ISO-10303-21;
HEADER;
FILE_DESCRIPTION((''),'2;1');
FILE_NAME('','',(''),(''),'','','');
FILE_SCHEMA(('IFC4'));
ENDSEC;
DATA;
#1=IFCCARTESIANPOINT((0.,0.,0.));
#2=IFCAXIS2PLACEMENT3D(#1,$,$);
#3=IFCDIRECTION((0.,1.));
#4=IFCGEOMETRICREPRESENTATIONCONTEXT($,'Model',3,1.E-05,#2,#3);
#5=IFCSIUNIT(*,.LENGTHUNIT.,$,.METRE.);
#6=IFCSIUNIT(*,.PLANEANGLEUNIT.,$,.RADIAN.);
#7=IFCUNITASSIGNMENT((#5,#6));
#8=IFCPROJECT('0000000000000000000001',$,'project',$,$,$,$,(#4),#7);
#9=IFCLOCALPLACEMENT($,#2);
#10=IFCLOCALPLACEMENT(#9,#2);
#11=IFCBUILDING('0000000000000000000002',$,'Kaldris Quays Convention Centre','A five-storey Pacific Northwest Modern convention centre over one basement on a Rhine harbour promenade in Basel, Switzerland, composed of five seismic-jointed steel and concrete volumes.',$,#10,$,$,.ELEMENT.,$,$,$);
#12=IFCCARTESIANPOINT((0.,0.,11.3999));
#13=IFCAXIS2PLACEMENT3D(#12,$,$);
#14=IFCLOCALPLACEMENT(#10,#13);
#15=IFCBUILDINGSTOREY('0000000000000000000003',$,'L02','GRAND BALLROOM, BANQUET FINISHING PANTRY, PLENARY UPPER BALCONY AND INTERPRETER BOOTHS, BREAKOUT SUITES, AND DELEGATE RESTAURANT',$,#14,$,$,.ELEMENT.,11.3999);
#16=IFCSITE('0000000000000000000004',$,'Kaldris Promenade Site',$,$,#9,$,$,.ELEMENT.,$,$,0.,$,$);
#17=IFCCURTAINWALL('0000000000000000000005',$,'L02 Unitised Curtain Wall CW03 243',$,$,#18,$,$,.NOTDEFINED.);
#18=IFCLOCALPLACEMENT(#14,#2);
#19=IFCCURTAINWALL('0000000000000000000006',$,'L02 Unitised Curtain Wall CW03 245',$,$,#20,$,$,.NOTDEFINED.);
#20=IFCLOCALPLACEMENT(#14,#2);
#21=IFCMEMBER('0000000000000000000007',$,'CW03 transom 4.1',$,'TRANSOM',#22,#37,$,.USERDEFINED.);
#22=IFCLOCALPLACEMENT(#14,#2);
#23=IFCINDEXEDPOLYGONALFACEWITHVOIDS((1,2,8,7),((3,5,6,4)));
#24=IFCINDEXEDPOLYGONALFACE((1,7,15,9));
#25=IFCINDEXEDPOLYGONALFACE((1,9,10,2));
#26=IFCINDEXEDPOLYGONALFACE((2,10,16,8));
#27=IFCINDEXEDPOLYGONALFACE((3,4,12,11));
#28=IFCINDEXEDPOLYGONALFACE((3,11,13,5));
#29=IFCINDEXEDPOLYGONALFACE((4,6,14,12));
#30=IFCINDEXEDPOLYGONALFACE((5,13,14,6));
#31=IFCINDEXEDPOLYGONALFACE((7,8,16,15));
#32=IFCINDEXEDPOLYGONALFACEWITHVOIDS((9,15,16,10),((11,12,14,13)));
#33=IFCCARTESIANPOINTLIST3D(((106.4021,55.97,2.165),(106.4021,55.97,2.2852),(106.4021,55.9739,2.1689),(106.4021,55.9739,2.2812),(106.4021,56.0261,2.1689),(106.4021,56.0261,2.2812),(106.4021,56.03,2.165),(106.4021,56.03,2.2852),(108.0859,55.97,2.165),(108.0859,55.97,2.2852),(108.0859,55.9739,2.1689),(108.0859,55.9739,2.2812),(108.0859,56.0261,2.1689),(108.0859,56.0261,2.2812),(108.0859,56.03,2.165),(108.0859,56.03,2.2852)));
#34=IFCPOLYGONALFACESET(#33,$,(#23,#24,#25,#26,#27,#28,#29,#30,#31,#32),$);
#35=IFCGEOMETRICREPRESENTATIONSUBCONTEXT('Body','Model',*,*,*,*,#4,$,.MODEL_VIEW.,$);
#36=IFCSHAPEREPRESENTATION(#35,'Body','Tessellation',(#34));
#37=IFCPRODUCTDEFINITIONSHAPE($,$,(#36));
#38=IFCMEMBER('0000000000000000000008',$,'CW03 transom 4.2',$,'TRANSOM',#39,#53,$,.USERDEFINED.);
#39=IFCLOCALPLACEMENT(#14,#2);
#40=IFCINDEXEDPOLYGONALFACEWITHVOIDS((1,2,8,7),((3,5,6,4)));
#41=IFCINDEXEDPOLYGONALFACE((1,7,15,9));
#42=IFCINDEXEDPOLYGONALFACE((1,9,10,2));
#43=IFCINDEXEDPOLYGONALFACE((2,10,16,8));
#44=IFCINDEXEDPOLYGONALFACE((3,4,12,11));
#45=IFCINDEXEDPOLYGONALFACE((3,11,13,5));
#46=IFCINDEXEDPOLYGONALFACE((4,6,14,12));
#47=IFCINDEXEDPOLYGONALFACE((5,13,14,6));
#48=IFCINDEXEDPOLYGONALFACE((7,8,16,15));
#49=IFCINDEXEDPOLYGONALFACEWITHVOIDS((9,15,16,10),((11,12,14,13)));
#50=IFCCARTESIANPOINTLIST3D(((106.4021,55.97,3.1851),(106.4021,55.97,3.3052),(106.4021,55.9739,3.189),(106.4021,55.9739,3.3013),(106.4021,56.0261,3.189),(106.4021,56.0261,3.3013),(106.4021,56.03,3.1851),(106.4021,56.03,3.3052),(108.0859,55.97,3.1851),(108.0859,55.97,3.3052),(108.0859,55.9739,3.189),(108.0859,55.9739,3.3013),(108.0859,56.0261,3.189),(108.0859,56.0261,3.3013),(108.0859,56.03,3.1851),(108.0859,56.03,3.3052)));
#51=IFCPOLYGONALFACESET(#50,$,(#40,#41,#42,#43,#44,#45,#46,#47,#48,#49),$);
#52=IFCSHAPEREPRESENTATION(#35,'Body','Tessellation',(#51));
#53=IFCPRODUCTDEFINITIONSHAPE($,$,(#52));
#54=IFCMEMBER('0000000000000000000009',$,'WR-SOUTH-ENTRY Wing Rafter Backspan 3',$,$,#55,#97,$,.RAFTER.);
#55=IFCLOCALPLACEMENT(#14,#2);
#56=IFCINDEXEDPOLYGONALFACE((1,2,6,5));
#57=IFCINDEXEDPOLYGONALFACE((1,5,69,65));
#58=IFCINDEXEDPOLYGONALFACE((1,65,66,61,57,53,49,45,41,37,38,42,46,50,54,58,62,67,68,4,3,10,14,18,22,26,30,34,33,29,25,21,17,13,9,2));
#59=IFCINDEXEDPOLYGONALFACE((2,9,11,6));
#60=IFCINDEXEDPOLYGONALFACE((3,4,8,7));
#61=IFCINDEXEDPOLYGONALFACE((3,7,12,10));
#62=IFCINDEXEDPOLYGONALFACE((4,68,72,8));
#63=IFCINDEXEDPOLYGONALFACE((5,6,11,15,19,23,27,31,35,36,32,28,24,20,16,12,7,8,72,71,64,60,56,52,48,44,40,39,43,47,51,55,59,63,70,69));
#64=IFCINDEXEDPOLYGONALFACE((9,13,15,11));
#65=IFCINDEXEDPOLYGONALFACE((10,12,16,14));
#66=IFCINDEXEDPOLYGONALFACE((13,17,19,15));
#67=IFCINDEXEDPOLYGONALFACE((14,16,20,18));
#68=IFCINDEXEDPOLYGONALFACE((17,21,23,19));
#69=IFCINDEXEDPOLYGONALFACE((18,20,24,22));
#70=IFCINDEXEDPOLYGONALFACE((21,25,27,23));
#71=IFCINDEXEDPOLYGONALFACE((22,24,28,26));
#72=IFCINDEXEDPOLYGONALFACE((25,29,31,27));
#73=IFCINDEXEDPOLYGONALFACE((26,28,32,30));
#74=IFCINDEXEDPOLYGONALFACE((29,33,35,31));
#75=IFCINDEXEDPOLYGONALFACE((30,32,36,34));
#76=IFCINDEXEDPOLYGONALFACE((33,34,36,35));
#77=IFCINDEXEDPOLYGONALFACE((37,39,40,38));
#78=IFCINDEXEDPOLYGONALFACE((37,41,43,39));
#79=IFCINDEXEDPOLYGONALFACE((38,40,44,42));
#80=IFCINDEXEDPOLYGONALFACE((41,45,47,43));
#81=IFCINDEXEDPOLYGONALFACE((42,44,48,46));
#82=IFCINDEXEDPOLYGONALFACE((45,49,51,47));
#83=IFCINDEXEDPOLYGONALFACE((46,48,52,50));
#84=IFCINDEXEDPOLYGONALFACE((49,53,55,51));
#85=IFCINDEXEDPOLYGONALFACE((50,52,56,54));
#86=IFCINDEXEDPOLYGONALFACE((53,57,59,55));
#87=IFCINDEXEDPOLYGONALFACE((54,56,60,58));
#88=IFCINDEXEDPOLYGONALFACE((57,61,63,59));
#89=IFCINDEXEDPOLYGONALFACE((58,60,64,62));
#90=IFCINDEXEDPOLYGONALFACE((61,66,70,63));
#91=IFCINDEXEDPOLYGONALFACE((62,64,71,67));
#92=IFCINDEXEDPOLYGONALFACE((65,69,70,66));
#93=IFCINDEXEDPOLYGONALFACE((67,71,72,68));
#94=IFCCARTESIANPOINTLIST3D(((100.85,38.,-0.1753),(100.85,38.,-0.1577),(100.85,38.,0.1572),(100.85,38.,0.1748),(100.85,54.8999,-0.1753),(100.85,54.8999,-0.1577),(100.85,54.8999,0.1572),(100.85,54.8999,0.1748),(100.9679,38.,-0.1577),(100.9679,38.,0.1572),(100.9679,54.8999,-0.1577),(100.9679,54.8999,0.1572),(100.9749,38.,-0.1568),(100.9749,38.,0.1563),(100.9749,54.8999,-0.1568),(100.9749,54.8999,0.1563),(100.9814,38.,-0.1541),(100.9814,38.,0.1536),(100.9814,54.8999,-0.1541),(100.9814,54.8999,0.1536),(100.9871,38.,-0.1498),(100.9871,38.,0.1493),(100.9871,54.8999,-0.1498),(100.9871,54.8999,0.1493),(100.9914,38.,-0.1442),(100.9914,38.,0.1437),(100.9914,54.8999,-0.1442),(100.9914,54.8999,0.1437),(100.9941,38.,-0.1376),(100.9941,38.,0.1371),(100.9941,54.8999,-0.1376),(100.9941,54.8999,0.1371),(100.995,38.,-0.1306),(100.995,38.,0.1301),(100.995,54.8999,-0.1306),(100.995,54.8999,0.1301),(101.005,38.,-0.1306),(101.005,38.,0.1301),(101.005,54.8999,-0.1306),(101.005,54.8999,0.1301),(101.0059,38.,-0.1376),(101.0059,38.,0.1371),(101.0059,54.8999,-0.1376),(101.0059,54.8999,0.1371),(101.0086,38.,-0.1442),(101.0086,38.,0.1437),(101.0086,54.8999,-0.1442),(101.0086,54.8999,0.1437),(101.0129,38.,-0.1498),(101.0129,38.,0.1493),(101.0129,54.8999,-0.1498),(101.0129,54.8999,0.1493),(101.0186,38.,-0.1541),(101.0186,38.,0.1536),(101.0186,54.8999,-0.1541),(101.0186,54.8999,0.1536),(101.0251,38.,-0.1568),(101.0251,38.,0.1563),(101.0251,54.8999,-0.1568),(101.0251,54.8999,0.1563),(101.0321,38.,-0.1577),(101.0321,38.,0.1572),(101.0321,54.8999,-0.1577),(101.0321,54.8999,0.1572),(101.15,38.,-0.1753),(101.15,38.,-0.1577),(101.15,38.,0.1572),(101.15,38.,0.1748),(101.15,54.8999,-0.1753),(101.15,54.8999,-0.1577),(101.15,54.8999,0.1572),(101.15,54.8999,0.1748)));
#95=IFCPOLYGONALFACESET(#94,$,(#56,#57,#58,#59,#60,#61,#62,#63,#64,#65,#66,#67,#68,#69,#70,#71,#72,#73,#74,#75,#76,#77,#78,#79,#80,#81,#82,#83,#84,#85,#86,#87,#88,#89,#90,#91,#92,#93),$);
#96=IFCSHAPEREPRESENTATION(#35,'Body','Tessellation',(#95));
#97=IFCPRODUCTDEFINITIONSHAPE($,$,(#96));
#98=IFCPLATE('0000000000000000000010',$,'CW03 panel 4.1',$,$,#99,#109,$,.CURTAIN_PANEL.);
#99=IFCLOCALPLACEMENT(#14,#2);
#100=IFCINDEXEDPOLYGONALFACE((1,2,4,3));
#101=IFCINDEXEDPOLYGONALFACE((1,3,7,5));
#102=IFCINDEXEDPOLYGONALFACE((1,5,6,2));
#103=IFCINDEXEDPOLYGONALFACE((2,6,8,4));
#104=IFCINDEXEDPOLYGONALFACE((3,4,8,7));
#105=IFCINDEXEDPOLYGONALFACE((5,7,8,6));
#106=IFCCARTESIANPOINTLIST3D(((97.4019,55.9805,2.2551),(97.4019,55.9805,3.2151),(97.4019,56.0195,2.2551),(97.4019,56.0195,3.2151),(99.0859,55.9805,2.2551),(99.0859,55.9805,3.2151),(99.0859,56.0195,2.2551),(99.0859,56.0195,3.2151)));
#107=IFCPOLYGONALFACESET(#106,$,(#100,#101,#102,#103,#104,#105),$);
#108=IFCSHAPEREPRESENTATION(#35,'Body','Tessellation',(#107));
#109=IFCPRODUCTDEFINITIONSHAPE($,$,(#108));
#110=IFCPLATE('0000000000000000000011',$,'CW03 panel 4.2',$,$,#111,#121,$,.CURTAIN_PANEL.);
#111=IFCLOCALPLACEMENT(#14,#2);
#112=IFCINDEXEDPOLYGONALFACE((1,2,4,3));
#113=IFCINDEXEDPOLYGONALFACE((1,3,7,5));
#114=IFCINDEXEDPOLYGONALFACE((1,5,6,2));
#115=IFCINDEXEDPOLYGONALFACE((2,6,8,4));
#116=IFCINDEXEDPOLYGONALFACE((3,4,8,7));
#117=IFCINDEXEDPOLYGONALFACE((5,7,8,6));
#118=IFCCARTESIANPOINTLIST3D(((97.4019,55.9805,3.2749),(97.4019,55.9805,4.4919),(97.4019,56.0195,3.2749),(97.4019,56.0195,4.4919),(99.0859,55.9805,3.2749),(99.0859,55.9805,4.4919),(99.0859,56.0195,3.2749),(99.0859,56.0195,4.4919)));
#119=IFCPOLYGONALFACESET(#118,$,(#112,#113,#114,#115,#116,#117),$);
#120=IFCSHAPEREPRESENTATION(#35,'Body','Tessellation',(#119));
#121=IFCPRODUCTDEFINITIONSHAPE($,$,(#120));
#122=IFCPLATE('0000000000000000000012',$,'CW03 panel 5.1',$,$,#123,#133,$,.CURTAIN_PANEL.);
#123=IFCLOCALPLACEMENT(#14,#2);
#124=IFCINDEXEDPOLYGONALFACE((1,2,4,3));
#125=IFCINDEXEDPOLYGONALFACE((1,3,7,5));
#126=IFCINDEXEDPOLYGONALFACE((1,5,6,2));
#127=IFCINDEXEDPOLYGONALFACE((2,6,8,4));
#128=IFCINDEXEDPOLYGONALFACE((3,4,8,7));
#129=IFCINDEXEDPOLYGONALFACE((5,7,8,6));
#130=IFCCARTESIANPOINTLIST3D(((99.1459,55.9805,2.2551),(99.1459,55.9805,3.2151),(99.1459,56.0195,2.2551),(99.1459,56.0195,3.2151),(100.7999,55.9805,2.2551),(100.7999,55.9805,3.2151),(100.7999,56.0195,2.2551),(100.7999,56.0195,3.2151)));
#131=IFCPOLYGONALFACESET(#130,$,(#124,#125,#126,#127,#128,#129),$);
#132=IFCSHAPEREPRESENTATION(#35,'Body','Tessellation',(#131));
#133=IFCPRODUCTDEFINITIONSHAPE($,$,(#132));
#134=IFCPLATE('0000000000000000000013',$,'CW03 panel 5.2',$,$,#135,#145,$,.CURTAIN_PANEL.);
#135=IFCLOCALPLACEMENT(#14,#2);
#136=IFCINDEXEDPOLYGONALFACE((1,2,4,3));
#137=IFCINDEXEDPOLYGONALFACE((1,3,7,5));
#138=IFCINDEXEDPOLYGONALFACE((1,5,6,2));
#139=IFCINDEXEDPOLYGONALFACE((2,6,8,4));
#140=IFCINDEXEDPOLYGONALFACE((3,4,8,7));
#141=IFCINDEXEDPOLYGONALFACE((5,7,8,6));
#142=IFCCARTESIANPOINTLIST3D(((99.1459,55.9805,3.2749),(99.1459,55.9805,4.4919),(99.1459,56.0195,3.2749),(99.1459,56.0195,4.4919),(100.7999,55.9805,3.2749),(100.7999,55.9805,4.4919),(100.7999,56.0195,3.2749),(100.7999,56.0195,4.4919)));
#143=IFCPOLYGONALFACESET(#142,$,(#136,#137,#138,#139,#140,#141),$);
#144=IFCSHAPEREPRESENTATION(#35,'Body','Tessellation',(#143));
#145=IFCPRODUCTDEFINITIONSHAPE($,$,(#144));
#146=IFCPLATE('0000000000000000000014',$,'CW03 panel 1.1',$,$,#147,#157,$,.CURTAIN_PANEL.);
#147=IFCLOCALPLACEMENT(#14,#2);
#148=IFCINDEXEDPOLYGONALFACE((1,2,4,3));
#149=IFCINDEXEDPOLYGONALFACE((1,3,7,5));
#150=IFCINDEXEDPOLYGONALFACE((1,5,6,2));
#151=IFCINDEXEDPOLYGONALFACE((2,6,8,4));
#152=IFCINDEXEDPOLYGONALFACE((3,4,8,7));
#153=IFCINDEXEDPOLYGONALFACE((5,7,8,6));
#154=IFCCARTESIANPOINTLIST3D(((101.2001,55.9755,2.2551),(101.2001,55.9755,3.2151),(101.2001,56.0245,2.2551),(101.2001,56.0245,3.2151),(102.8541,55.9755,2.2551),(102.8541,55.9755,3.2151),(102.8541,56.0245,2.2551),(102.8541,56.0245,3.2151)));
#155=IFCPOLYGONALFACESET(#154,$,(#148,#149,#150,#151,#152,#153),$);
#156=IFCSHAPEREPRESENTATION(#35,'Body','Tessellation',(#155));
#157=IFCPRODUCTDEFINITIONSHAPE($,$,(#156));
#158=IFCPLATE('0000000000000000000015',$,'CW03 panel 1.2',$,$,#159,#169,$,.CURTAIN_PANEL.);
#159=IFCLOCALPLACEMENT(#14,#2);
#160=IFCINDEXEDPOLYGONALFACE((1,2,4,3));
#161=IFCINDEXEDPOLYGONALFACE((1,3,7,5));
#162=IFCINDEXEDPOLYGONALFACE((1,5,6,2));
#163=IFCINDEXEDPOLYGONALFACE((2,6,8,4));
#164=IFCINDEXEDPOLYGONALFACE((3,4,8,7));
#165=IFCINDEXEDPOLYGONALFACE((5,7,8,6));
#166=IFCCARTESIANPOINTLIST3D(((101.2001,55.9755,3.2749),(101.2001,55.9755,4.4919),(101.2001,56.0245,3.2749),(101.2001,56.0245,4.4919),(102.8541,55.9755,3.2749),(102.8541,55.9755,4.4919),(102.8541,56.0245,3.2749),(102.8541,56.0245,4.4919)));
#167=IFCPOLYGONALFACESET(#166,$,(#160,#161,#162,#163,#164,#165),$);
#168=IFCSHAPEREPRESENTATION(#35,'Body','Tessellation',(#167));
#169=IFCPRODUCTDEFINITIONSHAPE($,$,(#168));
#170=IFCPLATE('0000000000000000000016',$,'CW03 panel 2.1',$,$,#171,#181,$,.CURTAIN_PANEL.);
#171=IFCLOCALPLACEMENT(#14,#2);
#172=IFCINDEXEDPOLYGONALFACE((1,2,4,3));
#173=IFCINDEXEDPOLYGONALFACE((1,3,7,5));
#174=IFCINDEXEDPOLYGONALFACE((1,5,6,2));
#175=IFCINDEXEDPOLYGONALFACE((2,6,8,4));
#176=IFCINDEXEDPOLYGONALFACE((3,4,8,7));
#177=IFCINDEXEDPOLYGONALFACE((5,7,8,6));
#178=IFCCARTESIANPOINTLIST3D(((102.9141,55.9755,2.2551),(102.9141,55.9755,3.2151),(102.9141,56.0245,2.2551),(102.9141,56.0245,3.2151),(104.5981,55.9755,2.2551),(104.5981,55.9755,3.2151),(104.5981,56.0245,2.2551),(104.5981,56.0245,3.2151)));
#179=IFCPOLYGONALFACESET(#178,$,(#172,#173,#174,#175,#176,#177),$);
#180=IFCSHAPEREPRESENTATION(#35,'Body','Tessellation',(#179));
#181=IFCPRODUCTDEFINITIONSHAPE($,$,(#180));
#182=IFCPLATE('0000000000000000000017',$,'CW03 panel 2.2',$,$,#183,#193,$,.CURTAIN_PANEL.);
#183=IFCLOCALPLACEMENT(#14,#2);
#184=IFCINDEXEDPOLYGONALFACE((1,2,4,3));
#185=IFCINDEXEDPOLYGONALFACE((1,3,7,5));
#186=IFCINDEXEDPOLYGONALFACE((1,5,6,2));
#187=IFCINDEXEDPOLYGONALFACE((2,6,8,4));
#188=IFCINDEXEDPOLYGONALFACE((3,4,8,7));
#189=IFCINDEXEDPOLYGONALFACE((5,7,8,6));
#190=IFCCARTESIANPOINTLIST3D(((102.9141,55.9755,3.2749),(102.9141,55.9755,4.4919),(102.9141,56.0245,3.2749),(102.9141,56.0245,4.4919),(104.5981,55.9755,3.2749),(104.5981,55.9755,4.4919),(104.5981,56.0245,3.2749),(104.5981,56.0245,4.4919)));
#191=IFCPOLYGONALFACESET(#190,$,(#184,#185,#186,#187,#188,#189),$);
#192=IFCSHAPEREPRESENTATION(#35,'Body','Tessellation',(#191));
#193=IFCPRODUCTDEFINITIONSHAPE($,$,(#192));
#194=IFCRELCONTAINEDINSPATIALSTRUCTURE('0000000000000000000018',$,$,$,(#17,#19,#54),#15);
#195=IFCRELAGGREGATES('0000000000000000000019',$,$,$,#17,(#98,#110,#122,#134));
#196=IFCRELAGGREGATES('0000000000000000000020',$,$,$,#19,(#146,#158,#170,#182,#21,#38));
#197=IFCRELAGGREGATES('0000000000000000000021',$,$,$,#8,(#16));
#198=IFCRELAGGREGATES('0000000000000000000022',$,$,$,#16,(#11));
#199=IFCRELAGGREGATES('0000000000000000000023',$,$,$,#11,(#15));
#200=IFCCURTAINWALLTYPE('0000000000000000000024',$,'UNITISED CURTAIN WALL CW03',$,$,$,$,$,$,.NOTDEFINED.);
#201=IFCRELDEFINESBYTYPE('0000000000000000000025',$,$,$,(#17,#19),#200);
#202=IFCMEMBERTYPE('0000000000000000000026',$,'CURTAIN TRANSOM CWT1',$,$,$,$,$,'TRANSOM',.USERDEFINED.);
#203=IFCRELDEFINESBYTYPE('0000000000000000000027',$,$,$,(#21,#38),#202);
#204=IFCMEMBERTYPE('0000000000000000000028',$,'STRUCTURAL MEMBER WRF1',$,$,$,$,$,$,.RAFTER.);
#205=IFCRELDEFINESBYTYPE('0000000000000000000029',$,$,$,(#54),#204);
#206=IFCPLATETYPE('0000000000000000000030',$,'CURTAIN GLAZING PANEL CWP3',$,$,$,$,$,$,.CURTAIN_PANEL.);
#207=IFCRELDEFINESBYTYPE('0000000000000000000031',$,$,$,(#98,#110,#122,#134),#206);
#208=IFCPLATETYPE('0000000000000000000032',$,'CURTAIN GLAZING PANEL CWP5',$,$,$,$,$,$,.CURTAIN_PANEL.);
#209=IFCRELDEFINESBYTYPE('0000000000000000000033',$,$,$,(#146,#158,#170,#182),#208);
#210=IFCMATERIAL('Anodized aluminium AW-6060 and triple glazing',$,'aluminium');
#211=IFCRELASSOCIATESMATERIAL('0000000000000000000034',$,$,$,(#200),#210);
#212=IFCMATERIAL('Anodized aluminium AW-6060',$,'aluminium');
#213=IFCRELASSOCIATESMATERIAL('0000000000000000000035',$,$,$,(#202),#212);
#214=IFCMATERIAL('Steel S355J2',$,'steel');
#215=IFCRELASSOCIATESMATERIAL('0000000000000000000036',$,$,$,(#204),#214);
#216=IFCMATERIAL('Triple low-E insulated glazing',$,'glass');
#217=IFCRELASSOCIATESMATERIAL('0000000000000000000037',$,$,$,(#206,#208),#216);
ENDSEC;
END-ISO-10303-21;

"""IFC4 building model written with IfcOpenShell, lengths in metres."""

from ifc_helpers import new_model, si_unit, direction, frame, origin, origin_2d, place, context, subcontext, project, spatial, rectangle, hollow_rectangle, i_section, extrude, material, material_profile, profile_set, type_object, element, aggregate, save


model = new_model("IFC4")

# Units and contexts
model_context = context("Model", 3, precision=1e-05, world=origin(), true_north=direction((0.0, 1.0)))
body_context = subcontext(model_context, "Body", "Model", "MODEL_VIEW")
ifc_project = project(units=[si_unit("LENGTHUNIT", "METRE"), si_unit("PLANEANGLEUNIT", "RADIAN")], contexts=[model_context])

# Site, building, storey
site_placement = place(None, origin())
site = spatial("IfcSite", under=ifc_project, at=site_placement, Name="Kaldris Promenade Site", CompositionType="ELEMENT", RefElevation=0.0)
building_placement = place(site_placement, origin())
building = spatial("IfcBuilding", under=site, at=building_placement, Name="Kaldris Quays Convention Centre", Description="A five-storey Pacific Northwest Modern convention centre over one basement on a Rhine harbour promenade in Basel, Switzerland, composed of five seismic-jointed steel and concrete volumes.", CompositionType="ELEMENT")
storey_placement = place(building_placement, frame((0.0, 0.0, 11.3999)))
storey = spatial("IfcBuildingStorey", under=building, at=storey_placement, Name="L02", Description="GRAND BALLROOM, BANQUET FINISHING PANTRY, PLENARY UPPER BALCONY AND INTERPRETER BOOTHS, BREAKOUT SUITES, AND DELEGATE RESTAURANT", CompositionType="ELEMENT", Elevation=11.3999)

# Shared definitions
ifc_material_1 = material(Name="Steel S355J2", Category="steel")

# Curtain walls
ifc_material_2 = material(Name="Anodized aluminium AW-6060 and triple glazing", Category="aluminium")
curtain_wall_type = type_object("IfcCurtainWallType", Name="UNITISED CURTAIN WALL CW03", PredefinedType="NOTDEFINED", material=ifc_material_2)
curtain_wall_1_placement = place(storey_placement, origin())
curtain_wall_1 = element("IfcCurtainWall", 1, at=curtain_wall_1_placement, inside=storey, type_object=curtain_wall_type, Name="L02 Unitised Curtain Wall CW03 243", PredefinedType="NOTDEFINED")
ifc_material_3 = material(Name="Anodized aluminium AW-6060", Category="aluminium")
curtain_wall_2_placement = place(storey_placement, origin())
curtain_wall_2 = element("IfcCurtainWall", 2, at=curtain_wall_2_placement, inside=storey, type_object=curtain_wall_type, Name="L02 Unitised Curtain Wall CW03 245", PredefinedType="NOTDEFINED")

# Members
ifc_material_profile_1 = material_profile(ifc_material_3, hollow_rectangle(XDim=0.0601, YDim=0.1201, WallThickness=0.0039, at=origin_2d()), Name="RHS 120x60x4")
ifc_profile_set_1 = profile_set([ifc_material_profile_1], Name="Anodized aluminium AW-6060")
member_type_1 = type_object("IfcMemberType", Name="CURTAIN TRANSOM CWT1", ElementType="TRANSOM", PredefinedType="USERDEFINED", material=ifc_profile_set_1)
member_1_placement = place(storey_placement, frame((106.4021, 56.0, 2.2251), z_axis=(1.0, 0.0, 0.0), x_axis=(0.0, 1.0, 0.0)))
member_1 = element("IfcMember", 3, at=member_1_placement, type_object=member_type_1, Name="CW03 transom 4.1", ObjectType="TRANSOM", PredefinedType="USERDEFINED", context=body_context, shape_type="SweptSolid", body=[
    extrude(hollow_rectangle(XDim=0.0601, YDim=0.1201, WallThickness=0.0039, at=origin_2d()), origin(), (0.0, 0.0, 1.0), 1.6838),
])
member_2_placement = place(storey_placement, frame((106.4021, 56.0, 3.2451), z_axis=(1.0, 0.0, 0.0), x_axis=(0.0, 1.0, 0.0)))
member_2 = element("IfcMember", 4, at=member_2_placement, type_object=member_type_1, Name="CW03 transom 4.2", ObjectType="TRANSOM", PredefinedType="USERDEFINED", context=body_context, shape_type="SweptSolid", body=[
    extrude(hollow_rectangle(XDim=0.0601, YDim=0.1201, WallThickness=0.0039, at=origin_2d()), origin(), (0.0, 0.0, 1.0), 1.6838),
])
ifc_material_profile_2 = material_profile(ifc_material_1, i_section(OverallWidth=0.3, OverallDepth=0.3501, WebThickness=0.01, FlangeThickness=0.0176, FilletRadius=0.0271, at=origin_2d()), Name="HEA 360")
ifc_profile_set_2 = profile_set([ifc_material_profile_2], Name="Steel S355J2")
member_type_2 = type_object("IfcMemberType", Name="STRUCTURAL MEMBER WRF1", PredefinedType="RAFTER", material=ifc_profile_set_2)
member_3_placement = place(storey_placement, frame((101.0, 54.8999, -0.0002), z_axis=(0.0, -1.0, 0.0), x_axis=(1.0, 0.0, 0.0)))
element("IfcMember", 5, at=member_3_placement, inside=storey, type_object=member_type_2, Name="WR-SOUTH-ENTRY Wing Rafter Backspan 3", PredefinedType="RAFTER", context=body_context, shape_type="SweptSolid", body=[
    extrude(i_section(OverallWidth=0.3, OverallDepth=0.3501, WebThickness=0.01, FlangeThickness=0.0176, FilletRadius=0.0271, at=origin_2d()), origin(), (0.0, 0.0, 1.0), 16.8999),
])

# Plates
ifc_material_4 = material(Name="Triple low-E insulated glazing", Category="glass")
plate_type_1 = type_object("IfcPlateType", Name="CURTAIN GLAZING PANEL CWP3", PredefinedType="CURTAIN_PANEL", material=ifc_material_4)
plate_1_placement = place(storey_placement, frame((98.2439, 56.0, 2.2551), z_axis=(0.0, 0.0, 1.0), x_axis=(1.0, 0.0, 0.0)))
plate_1 = element("IfcPlate", 6, at=plate_1_placement, type_object=plate_type_1, Name="CW03 panel 4.1", PredefinedType="CURTAIN_PANEL", context=body_context, shape_type="SweptSolid", body=[
    extrude(rectangle(XDim=1.6841, YDim=0.0391, at=origin_2d()), origin(), (0.0, 0.0, 1.0), 0.96),
])
plate_2_placement = place(storey_placement, frame((98.2439, 56.0, 3.2749), z_axis=(0.0, 0.0, 1.0), x_axis=(1.0, 0.0, 0.0)))
plate_2 = element("IfcPlate", 7, at=plate_2_placement, type_object=plate_type_1, Name="CW03 panel 4.2", PredefinedType="CURTAIN_PANEL", context=body_context, shape_type="SweptSolid", body=[
    extrude(rectangle(XDim=1.6841, YDim=0.0391, at=origin_2d()), origin(), (0.0, 0.0, 1.0), 1.217),
])
plate_3_placement = place(storey_placement, frame((99.9729, 56.0, 2.2551), z_axis=(0.0, 0.0, 1.0), x_axis=(1.0, 0.0, 0.0)))
plate_3 = element("IfcPlate", 8, at=plate_3_placement, type_object=plate_type_1, Name="CW03 panel 5.1", PredefinedType="CURTAIN_PANEL", context=body_context, shape_type="SweptSolid", body=[
    extrude(rectangle(XDim=1.6541, YDim=0.0391, at=origin_2d()), origin(), (0.0, 0.0, 1.0), 0.96),
])
plate_4_placement = place(storey_placement, frame((99.9729, 56.0, 3.2749), z_axis=(0.0, 0.0, 1.0), x_axis=(1.0, 0.0, 0.0)))
plate_4 = element("IfcPlate", 9, at=plate_4_placement, type_object=plate_type_1, Name="CW03 panel 5.2", PredefinedType="CURTAIN_PANEL", context=body_context, shape_type="SweptSolid", body=[
    extrude(rectangle(XDim=1.6541, YDim=0.0391, at=origin_2d()), origin(), (0.0, 0.0, 1.0), 1.217),
])
aggregate(curtain_wall_1, [plate_1, plate_2, plate_3, plate_4])
plate_type_2 = type_object("IfcPlateType", Name="CURTAIN GLAZING PANEL CWP5", PredefinedType="CURTAIN_PANEL", material=ifc_material_4)
plate_5_placement = place(storey_placement, frame((102.0271, 56.0, 2.2551), z_axis=(0.0, 0.0, 1.0), x_axis=(1.0, 0.0, 0.0)))
plate_5 = element("IfcPlate", 10, at=plate_5_placement, type_object=plate_type_2, Name="CW03 panel 1.1", PredefinedType="CURTAIN_PANEL", context=body_context, shape_type="SweptSolid", body=[
    extrude(rectangle(XDim=1.6541, YDim=0.0491, at=origin_2d()), origin(), (0.0, 0.0, 1.0), 0.96),
])
plate_6_placement = place(storey_placement, frame((102.0271, 56.0, 3.2749), z_axis=(0.0, 0.0, 1.0), x_axis=(1.0, 0.0, 0.0)))
plate_6 = element("IfcPlate", 11, at=plate_6_placement, type_object=plate_type_2, Name="CW03 panel 1.2", PredefinedType="CURTAIN_PANEL", context=body_context, shape_type="SweptSolid", body=[
    extrude(rectangle(XDim=1.6541, YDim=0.0491, at=origin_2d()), origin(), (0.0, 0.0, 1.0), 1.217),
])
plate_7_placement = place(storey_placement, frame((103.7561, 56.0, 2.2551), z_axis=(0.0, 0.0, 1.0), x_axis=(1.0, 0.0, 0.0)))
plate_7 = element("IfcPlate", 12, at=plate_7_placement, type_object=plate_type_2, Name="CW03 panel 2.1", PredefinedType="CURTAIN_PANEL", context=body_context, shape_type="SweptSolid", body=[
    extrude(rectangle(XDim=1.6841, YDim=0.0491, at=origin_2d()), origin(), (0.0, 0.0, 1.0), 0.96),
])
plate_8_placement = place(storey_placement, frame((103.7561, 56.0, 3.2749), z_axis=(0.0, 0.0, 1.0), x_axis=(1.0, 0.0, 0.0)))
plate_8 = element("IfcPlate", 13, at=plate_8_placement, type_object=plate_type_2, Name="CW03 panel 2.2", PredefinedType="CURTAIN_PANEL", context=body_context, shape_type="SweptSolid", body=[
    extrude(rectangle(XDim=1.6841, YDim=0.0491, at=origin_2d()), origin(), (0.0, 0.0, 1.0), 1.217),
])
aggregate(curtain_wall_2, [plate_5, plate_6, plate_7, plate_8, member_1, member_2])

save(model, "model.ifc")
